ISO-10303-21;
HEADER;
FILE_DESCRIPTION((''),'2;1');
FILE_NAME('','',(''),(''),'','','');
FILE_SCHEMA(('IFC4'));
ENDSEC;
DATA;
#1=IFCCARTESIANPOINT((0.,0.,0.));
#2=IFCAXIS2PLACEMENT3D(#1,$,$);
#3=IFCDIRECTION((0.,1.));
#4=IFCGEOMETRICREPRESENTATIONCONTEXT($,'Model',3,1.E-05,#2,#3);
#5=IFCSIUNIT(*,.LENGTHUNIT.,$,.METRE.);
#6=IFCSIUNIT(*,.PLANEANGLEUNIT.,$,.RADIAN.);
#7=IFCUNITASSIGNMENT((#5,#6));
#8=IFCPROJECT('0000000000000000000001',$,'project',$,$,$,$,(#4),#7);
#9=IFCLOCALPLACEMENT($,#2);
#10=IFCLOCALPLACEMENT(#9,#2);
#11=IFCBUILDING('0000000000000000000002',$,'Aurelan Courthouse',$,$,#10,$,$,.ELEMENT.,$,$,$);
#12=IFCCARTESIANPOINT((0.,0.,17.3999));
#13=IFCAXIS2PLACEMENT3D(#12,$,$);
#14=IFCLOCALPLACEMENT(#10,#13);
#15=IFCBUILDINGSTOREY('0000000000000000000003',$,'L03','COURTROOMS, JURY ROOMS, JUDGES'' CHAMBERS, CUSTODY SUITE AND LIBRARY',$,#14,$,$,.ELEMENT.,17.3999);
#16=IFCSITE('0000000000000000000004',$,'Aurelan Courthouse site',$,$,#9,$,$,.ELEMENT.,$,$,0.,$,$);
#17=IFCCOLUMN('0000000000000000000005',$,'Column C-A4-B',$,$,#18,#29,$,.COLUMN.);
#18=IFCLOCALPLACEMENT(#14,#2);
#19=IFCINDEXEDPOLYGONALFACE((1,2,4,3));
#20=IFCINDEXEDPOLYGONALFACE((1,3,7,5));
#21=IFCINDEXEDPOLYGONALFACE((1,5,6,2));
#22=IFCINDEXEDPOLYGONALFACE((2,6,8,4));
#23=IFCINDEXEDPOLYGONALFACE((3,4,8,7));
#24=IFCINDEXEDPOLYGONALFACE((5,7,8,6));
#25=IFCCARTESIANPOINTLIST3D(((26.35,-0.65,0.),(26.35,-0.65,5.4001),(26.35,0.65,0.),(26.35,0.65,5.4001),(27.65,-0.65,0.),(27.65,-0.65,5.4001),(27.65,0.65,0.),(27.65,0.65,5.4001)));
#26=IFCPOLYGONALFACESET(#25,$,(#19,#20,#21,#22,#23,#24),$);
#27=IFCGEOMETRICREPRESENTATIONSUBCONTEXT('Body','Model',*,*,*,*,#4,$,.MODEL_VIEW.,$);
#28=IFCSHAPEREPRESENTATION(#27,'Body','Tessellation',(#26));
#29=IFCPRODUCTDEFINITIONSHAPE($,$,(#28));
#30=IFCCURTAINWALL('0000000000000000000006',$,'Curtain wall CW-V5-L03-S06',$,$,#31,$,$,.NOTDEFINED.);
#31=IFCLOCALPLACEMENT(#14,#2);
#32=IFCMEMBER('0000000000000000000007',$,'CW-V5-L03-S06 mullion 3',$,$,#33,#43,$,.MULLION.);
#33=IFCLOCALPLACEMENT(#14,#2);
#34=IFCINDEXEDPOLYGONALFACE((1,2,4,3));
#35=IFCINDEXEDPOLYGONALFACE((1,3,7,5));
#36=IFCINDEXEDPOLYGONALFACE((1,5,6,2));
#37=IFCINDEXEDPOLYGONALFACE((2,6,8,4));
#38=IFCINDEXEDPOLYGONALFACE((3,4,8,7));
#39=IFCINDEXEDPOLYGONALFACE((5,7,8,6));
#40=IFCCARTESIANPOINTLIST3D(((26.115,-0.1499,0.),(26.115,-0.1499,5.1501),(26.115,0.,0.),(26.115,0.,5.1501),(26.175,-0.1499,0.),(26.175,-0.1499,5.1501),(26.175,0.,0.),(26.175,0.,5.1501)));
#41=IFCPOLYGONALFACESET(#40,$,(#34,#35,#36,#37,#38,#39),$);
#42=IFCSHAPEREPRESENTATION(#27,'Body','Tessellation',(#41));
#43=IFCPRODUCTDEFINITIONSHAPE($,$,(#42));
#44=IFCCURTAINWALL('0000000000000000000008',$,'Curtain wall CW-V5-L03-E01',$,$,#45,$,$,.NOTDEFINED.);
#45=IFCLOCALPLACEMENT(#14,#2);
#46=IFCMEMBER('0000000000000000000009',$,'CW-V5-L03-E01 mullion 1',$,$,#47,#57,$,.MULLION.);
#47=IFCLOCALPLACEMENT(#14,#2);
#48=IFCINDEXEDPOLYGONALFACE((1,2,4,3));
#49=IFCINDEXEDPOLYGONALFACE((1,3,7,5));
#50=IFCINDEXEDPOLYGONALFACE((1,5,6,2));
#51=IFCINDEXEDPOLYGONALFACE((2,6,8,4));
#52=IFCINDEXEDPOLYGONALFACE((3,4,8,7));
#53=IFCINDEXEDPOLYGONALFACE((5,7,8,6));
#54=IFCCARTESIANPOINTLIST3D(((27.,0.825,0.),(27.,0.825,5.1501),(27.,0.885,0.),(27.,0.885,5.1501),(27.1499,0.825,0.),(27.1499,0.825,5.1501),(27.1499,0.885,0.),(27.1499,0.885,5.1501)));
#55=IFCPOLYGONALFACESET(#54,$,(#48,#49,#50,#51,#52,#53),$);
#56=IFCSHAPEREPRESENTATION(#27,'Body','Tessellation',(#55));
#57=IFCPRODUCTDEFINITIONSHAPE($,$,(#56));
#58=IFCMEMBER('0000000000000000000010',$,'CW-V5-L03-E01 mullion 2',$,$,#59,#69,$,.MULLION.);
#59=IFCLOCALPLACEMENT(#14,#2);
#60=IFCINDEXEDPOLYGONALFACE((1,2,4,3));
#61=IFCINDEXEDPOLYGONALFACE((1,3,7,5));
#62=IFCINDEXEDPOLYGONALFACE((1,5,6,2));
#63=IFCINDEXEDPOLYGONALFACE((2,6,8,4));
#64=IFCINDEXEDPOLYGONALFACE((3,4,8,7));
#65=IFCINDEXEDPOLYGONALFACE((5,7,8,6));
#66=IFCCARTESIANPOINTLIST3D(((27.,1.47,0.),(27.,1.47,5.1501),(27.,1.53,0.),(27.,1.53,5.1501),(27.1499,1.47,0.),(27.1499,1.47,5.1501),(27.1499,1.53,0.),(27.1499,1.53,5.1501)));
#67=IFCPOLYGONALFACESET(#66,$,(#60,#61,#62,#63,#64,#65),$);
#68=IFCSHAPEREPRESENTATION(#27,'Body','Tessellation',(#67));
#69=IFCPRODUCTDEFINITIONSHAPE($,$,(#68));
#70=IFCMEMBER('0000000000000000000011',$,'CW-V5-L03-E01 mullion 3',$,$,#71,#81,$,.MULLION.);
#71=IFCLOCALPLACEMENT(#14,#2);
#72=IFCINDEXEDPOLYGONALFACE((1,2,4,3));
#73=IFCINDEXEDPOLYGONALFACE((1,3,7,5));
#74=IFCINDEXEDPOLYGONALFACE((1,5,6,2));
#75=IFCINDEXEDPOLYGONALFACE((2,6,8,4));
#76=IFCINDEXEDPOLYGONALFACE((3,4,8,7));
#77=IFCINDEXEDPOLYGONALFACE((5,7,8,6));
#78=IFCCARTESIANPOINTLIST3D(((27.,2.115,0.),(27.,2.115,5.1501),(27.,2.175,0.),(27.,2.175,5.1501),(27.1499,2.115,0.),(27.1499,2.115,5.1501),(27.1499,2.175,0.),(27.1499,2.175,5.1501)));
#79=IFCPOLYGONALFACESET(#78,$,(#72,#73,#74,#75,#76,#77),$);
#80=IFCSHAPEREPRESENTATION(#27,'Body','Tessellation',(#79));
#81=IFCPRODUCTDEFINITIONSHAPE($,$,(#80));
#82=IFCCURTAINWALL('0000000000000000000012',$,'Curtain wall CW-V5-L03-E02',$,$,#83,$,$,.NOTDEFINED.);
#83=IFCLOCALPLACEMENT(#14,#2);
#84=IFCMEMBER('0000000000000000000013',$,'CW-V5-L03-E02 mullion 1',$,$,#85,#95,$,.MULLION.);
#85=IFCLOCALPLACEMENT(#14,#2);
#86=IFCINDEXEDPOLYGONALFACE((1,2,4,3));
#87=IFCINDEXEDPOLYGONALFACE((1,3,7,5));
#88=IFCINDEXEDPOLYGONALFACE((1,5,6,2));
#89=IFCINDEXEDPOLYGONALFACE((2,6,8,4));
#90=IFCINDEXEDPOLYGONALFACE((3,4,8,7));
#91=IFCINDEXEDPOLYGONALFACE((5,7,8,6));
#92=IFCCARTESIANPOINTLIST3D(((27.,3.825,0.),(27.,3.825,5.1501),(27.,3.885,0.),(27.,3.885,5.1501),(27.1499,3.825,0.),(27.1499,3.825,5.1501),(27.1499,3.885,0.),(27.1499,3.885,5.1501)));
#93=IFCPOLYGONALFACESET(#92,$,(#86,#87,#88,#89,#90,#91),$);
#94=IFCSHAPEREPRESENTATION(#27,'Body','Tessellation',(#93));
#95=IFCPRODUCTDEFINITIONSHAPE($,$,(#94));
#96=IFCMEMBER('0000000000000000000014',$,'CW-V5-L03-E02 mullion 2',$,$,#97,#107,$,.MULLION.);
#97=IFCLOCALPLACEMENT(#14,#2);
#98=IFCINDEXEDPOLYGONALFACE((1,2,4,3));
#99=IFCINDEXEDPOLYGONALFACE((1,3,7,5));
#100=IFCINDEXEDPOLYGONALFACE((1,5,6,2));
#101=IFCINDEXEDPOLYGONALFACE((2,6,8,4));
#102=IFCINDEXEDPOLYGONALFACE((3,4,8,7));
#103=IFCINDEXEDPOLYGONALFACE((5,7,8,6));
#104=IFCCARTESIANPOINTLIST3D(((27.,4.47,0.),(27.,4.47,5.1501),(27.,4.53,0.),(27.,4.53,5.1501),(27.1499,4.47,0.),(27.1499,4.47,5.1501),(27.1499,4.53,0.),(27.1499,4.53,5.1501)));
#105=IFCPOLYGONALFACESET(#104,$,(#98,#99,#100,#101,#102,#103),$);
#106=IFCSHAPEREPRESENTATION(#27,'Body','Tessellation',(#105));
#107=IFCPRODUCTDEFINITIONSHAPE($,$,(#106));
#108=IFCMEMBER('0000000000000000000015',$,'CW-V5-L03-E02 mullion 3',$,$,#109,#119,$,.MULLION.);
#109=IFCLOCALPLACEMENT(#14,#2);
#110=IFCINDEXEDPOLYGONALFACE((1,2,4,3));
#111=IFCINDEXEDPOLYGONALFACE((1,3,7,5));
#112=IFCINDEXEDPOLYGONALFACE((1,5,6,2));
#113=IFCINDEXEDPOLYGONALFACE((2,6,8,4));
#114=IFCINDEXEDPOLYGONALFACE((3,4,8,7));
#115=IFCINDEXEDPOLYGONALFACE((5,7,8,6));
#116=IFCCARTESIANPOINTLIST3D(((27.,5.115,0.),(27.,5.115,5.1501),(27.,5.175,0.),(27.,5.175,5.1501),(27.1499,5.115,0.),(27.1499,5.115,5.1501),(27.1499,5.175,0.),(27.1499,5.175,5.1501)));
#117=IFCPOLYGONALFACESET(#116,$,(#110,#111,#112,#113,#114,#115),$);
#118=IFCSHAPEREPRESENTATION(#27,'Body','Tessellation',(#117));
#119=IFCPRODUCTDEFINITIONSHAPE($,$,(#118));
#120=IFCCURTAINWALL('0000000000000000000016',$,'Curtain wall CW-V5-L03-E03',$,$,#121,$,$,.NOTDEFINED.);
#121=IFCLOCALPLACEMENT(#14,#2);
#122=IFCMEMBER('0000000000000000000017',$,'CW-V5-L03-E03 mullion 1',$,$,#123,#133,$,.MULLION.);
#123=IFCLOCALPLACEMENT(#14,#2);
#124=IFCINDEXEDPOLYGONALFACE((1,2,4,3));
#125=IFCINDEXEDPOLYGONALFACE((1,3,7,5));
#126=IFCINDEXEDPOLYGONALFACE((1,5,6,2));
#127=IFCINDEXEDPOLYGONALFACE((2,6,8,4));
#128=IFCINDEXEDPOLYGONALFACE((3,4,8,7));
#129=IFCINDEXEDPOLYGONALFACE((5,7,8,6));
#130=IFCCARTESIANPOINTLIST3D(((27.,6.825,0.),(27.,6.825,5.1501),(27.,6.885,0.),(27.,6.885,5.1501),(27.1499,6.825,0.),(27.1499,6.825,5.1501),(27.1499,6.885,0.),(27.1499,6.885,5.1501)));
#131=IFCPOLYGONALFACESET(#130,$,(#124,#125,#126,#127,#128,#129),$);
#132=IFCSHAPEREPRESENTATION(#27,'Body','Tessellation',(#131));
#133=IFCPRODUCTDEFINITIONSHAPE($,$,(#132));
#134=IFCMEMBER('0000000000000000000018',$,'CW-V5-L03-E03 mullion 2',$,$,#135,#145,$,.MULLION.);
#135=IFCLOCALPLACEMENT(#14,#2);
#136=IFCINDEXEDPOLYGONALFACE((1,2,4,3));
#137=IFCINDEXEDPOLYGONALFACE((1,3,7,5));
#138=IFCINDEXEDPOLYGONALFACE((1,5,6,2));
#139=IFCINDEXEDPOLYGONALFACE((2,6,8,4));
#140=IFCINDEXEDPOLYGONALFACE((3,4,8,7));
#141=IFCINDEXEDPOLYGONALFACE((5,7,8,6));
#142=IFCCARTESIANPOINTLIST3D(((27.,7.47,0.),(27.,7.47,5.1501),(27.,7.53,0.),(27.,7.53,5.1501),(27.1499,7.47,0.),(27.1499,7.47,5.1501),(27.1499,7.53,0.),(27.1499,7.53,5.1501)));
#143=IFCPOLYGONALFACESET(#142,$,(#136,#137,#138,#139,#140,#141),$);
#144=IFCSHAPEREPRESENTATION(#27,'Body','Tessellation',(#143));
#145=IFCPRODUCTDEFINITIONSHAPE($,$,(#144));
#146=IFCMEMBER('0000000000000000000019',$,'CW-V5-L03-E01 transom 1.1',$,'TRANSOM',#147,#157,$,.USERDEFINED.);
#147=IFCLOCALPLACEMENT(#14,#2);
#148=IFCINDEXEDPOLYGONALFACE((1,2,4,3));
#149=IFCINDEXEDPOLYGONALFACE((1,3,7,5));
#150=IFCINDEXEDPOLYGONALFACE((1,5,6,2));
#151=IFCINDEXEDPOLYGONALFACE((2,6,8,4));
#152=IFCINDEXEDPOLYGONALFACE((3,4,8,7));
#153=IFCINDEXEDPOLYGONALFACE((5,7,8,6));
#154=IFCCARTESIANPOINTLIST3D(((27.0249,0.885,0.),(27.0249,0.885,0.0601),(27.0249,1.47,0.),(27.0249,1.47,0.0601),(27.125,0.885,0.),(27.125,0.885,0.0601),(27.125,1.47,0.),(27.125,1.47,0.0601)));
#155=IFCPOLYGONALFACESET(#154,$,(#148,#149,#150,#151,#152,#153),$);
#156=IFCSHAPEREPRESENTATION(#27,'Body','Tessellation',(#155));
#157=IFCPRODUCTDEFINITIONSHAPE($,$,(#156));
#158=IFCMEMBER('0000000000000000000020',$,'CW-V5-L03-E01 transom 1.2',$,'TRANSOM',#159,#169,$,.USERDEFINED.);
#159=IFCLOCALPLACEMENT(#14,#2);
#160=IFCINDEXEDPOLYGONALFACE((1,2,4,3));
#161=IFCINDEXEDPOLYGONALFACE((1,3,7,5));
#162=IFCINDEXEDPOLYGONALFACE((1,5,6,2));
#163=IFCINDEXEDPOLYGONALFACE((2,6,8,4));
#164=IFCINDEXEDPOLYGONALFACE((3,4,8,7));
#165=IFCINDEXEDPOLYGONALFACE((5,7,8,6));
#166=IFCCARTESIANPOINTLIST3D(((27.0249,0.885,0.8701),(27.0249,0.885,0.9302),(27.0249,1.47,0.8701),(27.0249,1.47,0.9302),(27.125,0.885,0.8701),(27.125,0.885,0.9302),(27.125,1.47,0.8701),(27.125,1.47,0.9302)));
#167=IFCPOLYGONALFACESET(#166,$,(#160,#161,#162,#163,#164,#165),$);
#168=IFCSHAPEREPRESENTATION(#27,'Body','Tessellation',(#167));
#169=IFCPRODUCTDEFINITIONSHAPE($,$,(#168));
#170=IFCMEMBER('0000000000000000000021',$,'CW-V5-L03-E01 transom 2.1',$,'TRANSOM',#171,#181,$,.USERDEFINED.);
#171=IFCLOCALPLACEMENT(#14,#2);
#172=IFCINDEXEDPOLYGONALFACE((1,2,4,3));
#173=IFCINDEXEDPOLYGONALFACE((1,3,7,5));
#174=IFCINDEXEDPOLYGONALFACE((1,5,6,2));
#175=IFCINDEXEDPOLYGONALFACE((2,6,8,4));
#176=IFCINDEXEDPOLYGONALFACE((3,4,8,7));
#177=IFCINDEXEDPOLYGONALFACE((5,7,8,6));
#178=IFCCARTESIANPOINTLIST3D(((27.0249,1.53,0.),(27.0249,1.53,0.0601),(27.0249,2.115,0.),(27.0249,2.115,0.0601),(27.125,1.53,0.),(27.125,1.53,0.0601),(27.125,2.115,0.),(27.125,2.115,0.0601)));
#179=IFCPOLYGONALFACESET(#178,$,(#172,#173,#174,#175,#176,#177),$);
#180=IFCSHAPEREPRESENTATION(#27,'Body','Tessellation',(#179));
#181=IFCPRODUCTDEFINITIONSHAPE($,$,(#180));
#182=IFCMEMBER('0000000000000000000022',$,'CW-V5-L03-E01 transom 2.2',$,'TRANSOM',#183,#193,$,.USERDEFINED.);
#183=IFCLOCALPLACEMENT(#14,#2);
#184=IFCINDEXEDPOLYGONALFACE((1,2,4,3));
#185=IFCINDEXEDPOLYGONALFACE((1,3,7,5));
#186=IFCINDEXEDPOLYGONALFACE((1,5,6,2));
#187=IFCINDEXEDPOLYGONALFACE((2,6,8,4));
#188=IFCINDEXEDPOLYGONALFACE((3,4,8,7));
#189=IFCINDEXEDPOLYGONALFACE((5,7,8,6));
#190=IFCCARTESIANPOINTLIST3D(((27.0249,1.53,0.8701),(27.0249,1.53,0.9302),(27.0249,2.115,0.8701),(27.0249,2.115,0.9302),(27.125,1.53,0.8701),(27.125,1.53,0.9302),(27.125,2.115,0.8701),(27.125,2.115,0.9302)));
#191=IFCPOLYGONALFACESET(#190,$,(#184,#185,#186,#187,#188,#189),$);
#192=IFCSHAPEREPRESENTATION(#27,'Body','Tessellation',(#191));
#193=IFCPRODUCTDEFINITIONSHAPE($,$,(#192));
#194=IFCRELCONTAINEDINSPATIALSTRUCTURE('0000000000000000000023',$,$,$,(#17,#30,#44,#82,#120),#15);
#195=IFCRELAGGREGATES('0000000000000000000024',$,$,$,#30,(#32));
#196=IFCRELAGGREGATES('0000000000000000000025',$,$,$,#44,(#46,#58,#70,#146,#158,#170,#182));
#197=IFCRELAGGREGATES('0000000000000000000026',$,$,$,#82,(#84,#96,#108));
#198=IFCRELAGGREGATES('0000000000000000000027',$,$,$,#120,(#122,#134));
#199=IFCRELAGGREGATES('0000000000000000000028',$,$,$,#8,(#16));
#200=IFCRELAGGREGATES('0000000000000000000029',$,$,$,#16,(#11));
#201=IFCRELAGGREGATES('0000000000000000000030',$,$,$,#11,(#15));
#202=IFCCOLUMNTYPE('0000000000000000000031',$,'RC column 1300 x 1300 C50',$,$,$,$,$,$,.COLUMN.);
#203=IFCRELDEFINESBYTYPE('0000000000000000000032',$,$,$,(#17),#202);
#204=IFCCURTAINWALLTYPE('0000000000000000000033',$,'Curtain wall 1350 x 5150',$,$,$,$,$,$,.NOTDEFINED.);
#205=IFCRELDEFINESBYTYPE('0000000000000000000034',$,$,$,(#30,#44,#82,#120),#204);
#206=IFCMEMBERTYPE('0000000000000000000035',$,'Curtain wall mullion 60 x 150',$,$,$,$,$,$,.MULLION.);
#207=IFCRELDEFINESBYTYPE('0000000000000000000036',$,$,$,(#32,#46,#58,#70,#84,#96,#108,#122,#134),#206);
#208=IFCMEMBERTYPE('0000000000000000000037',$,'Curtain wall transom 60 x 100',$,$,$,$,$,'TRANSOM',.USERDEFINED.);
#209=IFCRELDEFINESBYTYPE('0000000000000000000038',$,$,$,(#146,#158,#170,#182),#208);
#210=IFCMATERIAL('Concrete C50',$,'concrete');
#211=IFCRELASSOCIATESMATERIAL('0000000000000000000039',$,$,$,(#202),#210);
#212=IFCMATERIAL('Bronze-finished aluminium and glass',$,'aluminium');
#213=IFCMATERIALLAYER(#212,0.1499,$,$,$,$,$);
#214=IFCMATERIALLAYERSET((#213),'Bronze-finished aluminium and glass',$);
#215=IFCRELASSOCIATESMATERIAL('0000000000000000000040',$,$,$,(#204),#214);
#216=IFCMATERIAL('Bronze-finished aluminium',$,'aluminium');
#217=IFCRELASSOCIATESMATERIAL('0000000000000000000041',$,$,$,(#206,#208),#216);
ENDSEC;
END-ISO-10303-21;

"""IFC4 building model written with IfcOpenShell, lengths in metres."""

from ifc_helpers import new_model, si_unit, direction, frame, origin, origin_2d, place, context, subcontext, project, spatial, rectangle, extrude, material, layer, layer_set, material_profile, profile_set, type_object, element, aggregate, save


model = new_model("IFC4")

# Units and contexts
model_context = context("Model", 3, precision=1e-05, world=origin(), true_north=direction((0.0, 1.0)))
body_context = subcontext(model_context, "Body", "Model", "MODEL_VIEW")
ifc_project = project(units=[si_unit("LENGTHUNIT", "METRE"), si_unit("PLANEANGLEUNIT", "RADIAN")], contexts=[model_context])

# Site, building, storey
site_placement = place(None, origin())
site = spatial("IfcSite", under=ifc_project, at=site_placement, Name="Aurelan Courthouse site", CompositionType="ELEMENT", RefElevation=0.0)
building_placement = place(site_placement, origin())
building = spatial("IfcBuilding", under=site, at=building_placement, Name="Aurelan Courthouse", CompositionType="ELEMENT")
storey_placement = place(building_placement, frame((0.0, 0.0, 17.3999)))
storey = spatial("IfcBuildingStorey", under=building, at=storey_placement, Name="L03", Description="COURTROOMS, JURY ROOMS, JUDGES' CHAMBERS, CUSTODY SUITE AND LIBRARY", CompositionType="ELEMENT", Elevation=17.3999)

# Column
ifc_material_1 = material(Name="Concrete C50", Category="concrete")
ifc_material_profile_1 = material_profile(ifc_material_1, rectangle(XDim=1.3, YDim=1.3, at=origin_2d()), Name="RC 1300 x 1300")
ifc_profile_set_1 = profile_set([ifc_material_profile_1], Name="Concrete C50")
column_type = type_object("IfcColumnType", Name="RC column 1300 x 1300 C50", PredefinedType="COLUMN", material=ifc_profile_set_1)
column_placement = place(storey_placement, frame((27.0, 0.0, 0.0), z_axis=(0.0, 0.0, 1.0), x_axis=(1.0, 0.0, 0.0)))
element("IfcColumn", 1, at=column_placement, inside=storey, type_object=column_type, Name="Column C-A4-B", PredefinedType="COLUMN", context=body_context, shape_type="SweptSolid", body=[
    extrude(rectangle(XDim=1.3, YDim=1.3, at=origin_2d()), origin(), (0.0, 0.0, 1.0), 5.4001),
])

# Curtain wall, member
ifc_material_2 = material(Name="Bronze-finished aluminium and glass", Category="aluminium")
ifc_layer_1 = layer(ifc_material_2, 0.1499)
ifc_layer_set_1 = layer_set([ifc_layer_1], Name="Bronze-finished aluminium and glass")
curtain_wall_type = type_object("IfcCurtainWallType", Name="Curtain wall 1350 x 5150", PredefinedType="NOTDEFINED", material=ifc_layer_set_1)
curtain_wall_1_placement = place(storey_placement, origin())
curtain_wall_1 = element("IfcCurtainWall", 2, at=curtain_wall_1_placement, inside=storey, type_object=curtain_wall_type, Name="Curtain wall CW-V5-L03-S06", PredefinedType="NOTDEFINED")
ifc_material_3 = material(Name="Bronze-finished aluminium", Category="aluminium")
ifc_material_profile_2 = material_profile(ifc_material_3, rectangle(XDim=0.1499, YDim=0.0601, at=origin_2d()), Name="Bronze mullion 60 x 150")
ifc_profile_set_2 = profile_set([ifc_material_profile_2], Name="Bronze-finished aluminium")
member_type_1 = type_object("IfcMemberType", Name="Curtain wall mullion 60 x 150", PredefinedType="MULLION", material=ifc_profile_set_2)
member_1_placement = place(storey_placement, frame((26.145, -0.075, 0.0), z_axis=(0.0, 0.0, 1.0), x_axis=(0.0, 1.0, 0.0)))
member_1 = element("IfcMember", 3, at=member_1_placement, type_object=member_type_1, Name="CW-V5-L03-S06 mullion 3", PredefinedType="MULLION", context=body_context, shape_type="SweptSolid", body=[
    extrude(rectangle(XDim=0.1499, YDim=0.0601, at=origin_2d()), origin(), (0.0, 0.0, 1.0), 5.1501),
])
aggregate(curtain_wall_1, [member_1])

# Curtain walls, members
curtain_wall_2_placement = place(storey_placement, origin())
curtain_wall_2 = element("IfcCurtainWall", 4, at=curtain_wall_2_placement, inside=storey, type_object=curtain_wall_type, Name="Curtain wall CW-V5-L03-E01", PredefinedType="NOTDEFINED")
member_2_placement = place(storey_placement, frame((27.075, 0.855, 0.0), z_axis=(0.0, 0.0, 1.0), x_axis=(-1.0, 0.0, 0.0)))
member_2 = element("IfcMember", 5, at=member_2_placement, type_object=member_type_1, Name="CW-V5-L03-E01 mullion 1", PredefinedType="MULLION", context=body_context, shape_type="SweptSolid", body=[
    extrude(rectangle(XDim=0.1499, YDim=0.0601, at=origin_2d()), origin(), (0.0, 0.0, 1.0), 5.1501),
])
member_3_placement = place(storey_placement, frame((27.075, 1.5, 0.0), z_axis=(0.0, 0.0, 1.0), x_axis=(-1.0, 0.0, 0.0)))
member_3 = element("IfcMember", 6, at=member_3_placement, type_object=member_type_1, Name="CW-V5-L03-E01 mullion 2", PredefinedType="MULLION", context=body_context, shape_type="SweptSolid", body=[
    extrude(rectangle(XDim=0.1499, YDim=0.0601, at=origin_2d()), origin(), (0.0, 0.0, 1.0), 5.1501),
])
member_4_placement = place(storey_placement, frame((27.075, 2.145, 0.0), z_axis=(0.0, 0.0, 1.0), x_axis=(-1.0, 0.0, 0.0)))
member_4 = element("IfcMember", 7, at=member_4_placement, type_object=member_type_1, Name="CW-V5-L03-E01 mullion 3", PredefinedType="MULLION", context=body_context, shape_type="SweptSolid", body=[
    extrude(rectangle(XDim=0.1499, YDim=0.0601, at=origin_2d()), origin(), (0.0, 0.0, 1.0), 5.1501),
])
curtain_wall_3_placement = place(storey_placement, origin())
curtain_wall_3 = element("IfcCurtainWall", 8, at=curtain_wall_3_placement, inside=storey, type_object=curtain_wall_type, Name="Curtain wall CW-V5-L03-E02", PredefinedType="NOTDEFINED")
member_5_placement = place(storey_placement, frame((27.075, 3.855, 0.0), z_axis=(0.0, 0.0, 1.0), x_axis=(-1.0, 0.0, 0.0)))
member_5 = element("IfcMember", 9, at=member_5_placement, type_object=member_type_1, Name="CW-V5-L03-E02 mullion 1", PredefinedType="MULLION", context=body_context, shape_type="SweptSolid", body=[
    extrude(rectangle(XDim=0.1499, YDim=0.0601, at=origin_2d()), origin(), (0.0, 0.0, 1.0), 5.1501),
])
member_6_placement = place(storey_placement, frame((27.075, 4.5, 0.0), z_axis=(0.0, 0.0, 1.0), x_axis=(-1.0, 0.0, 0.0)))
member_6 = element("IfcMember", 10, at=member_6_placement, type_object=member_type_1, Name="CW-V5-L03-E02 mullion 2", PredefinedType="MULLION", context=body_context, shape_type="SweptSolid", body=[
    extrude(rectangle(XDim=0.1499, YDim=0.0601, at=origin_2d()), origin(), (0.0, 0.0, 1.0), 5.1501),
])
member_7_placement = place(storey_placement, frame((27.075, 5.145, 0.0), z_axis=(0.0, 0.0, 1.0), x_axis=(-1.0, 0.0, 0.0)))
member_7 = element("IfcMember", 11, at=member_7_placement, type_object=member_type_1, Name="CW-V5-L03-E02 mullion 3", PredefinedType="MULLION", context=body_context, shape_type="SweptSolid", body=[
    extrude(rectangle(XDim=0.1499, YDim=0.0601, at=origin_2d()), origin(), (0.0, 0.0, 1.0), 5.1501),
])
curtain_wall_4_placement = place(storey_placement, origin())
curtain_wall_4 = element("IfcCurtainWall", 12, at=curtain_wall_4_placement, inside=storey, type_object=curtain_wall_type, Name="Curtain wall CW-V5-L03-E03", PredefinedType="NOTDEFINED")
member_8_placement = place(storey_placement, frame((27.075, 6.855, 0.0), z_axis=(0.0, 0.0, 1.0), x_axis=(-1.0, 0.0, 0.0)))
member_8 = element("IfcMember", 13, at=member_8_placement, type_object=member_type_1, Name="CW-V5-L03-E03 mullion 1", PredefinedType="MULLION", context=body_context, shape_type="SweptSolid", body=[
    extrude(rectangle(XDim=0.1499, YDim=0.0601, at=origin_2d()), origin(), (0.0, 0.0, 1.0), 5.1501),
])
member_9_placement = place(storey_placement, frame((27.075, 7.5, 0.0), z_axis=(0.0, 0.0, 1.0), x_axis=(-1.0, 0.0, 0.0)))
member_9 = element("IfcMember", 14, at=member_9_placement, type_object=member_type_1, Name="CW-V5-L03-E03 mullion 2", PredefinedType="MULLION", context=body_context, shape_type="SweptSolid", body=[
    extrude(rectangle(XDim=0.1499, YDim=0.0601, at=origin_2d()), origin(), (0.0, 0.0, 1.0), 5.1501),
])

# Members
ifc_material_profile_3 = material_profile(ifc_material_3, rectangle(XDim=0.1001, YDim=0.0601, at=origin_2d()), Name="Bronze transom 60 x 100")
ifc_profile_set_3 = profile_set([ifc_material_profile_3], Name="Bronze-finished aluminium")
member_type_2 = type_object("IfcMemberType", Name="Curtain wall transom 60 x 100", ElementType="TRANSOM", PredefinedType="USERDEFINED", material=ifc_profile_set_3)
member_10_placement = place(storey_placement, frame((27.075, 0.885, 0.03), z_axis=(0.0, 1.0, 0.0), x_axis=(-1.0, 0.0, 0.0)))
member_10 = element("IfcMember", 15, at=member_10_placement, type_object=member_type_2, Name="CW-V5-L03-E01 transom 1.1", ObjectType="TRANSOM", PredefinedType="USERDEFINED", context=body_context, shape_type="SweptSolid", body=[
    extrude(rectangle(XDim=0.1001, YDim=0.0601, at=origin_2d()), origin(), (0.0, 0.0, 1.0), 0.585),
])
member_11_placement = place(storey_placement, frame((27.075, 0.885, 0.9001), z_axis=(0.0, 1.0, 0.0), x_axis=(-1.0, 0.0, 0.0)))
member_11 = element("IfcMember", 16, at=member_11_placement, type_object=member_type_2, Name="CW-V5-L03-E01 transom 1.2", ObjectType="TRANSOM", PredefinedType="USERDEFINED", context=body_context, shape_type="SweptSolid", body=[
    extrude(rectangle(XDim=0.1001, YDim=0.0601, at=origin_2d()), origin(), (0.0, 0.0, 1.0), 0.585),
])
member_12_placement = place(storey_placement, frame((27.075, 1.53, 0.03), z_axis=(0.0, 1.0, 0.0), x_axis=(-1.0, 0.0, 0.0)))
member_12 = element("IfcMember", 17, at=member_12_placement, type_object=member_type_2, Name="CW-V5-L03-E01 transom 2.1", ObjectType="TRANSOM", PredefinedType="USERDEFINED", context=body_context, shape_type="SweptSolid", body=[
    extrude(rectangle(XDim=0.1001, YDim=0.0601, at=origin_2d()), origin(), (0.0, 0.0, 1.0), 0.585),
])
member_13_placement = place(storey_placement, frame((27.075, 1.53, 0.9001), z_axis=(0.0, 1.0, 0.0), x_axis=(-1.0, 0.0, 0.0)))
member_13 = element("IfcMember", 18, at=member_13_placement, type_object=member_type_2, Name="CW-V5-L03-E01 transom 2.2", ObjectType="TRANSOM", PredefinedType="USERDEFINED", context=body_context, shape_type="SweptSolid", body=[
    extrude(rectangle(XDim=0.1001, YDim=0.0601, at=origin_2d()), origin(), (0.0, 0.0, 1.0), 0.585),
])

aggregate(curtain_wall_2, [member_2, member_3, member_4, member_10, member_11, member_12, member_13])
aggregate(curtain_wall_3, [member_5, member_6, member_7])
aggregate(curtain_wall_4, [member_8, member_9])

save(model, "model.ifc")
